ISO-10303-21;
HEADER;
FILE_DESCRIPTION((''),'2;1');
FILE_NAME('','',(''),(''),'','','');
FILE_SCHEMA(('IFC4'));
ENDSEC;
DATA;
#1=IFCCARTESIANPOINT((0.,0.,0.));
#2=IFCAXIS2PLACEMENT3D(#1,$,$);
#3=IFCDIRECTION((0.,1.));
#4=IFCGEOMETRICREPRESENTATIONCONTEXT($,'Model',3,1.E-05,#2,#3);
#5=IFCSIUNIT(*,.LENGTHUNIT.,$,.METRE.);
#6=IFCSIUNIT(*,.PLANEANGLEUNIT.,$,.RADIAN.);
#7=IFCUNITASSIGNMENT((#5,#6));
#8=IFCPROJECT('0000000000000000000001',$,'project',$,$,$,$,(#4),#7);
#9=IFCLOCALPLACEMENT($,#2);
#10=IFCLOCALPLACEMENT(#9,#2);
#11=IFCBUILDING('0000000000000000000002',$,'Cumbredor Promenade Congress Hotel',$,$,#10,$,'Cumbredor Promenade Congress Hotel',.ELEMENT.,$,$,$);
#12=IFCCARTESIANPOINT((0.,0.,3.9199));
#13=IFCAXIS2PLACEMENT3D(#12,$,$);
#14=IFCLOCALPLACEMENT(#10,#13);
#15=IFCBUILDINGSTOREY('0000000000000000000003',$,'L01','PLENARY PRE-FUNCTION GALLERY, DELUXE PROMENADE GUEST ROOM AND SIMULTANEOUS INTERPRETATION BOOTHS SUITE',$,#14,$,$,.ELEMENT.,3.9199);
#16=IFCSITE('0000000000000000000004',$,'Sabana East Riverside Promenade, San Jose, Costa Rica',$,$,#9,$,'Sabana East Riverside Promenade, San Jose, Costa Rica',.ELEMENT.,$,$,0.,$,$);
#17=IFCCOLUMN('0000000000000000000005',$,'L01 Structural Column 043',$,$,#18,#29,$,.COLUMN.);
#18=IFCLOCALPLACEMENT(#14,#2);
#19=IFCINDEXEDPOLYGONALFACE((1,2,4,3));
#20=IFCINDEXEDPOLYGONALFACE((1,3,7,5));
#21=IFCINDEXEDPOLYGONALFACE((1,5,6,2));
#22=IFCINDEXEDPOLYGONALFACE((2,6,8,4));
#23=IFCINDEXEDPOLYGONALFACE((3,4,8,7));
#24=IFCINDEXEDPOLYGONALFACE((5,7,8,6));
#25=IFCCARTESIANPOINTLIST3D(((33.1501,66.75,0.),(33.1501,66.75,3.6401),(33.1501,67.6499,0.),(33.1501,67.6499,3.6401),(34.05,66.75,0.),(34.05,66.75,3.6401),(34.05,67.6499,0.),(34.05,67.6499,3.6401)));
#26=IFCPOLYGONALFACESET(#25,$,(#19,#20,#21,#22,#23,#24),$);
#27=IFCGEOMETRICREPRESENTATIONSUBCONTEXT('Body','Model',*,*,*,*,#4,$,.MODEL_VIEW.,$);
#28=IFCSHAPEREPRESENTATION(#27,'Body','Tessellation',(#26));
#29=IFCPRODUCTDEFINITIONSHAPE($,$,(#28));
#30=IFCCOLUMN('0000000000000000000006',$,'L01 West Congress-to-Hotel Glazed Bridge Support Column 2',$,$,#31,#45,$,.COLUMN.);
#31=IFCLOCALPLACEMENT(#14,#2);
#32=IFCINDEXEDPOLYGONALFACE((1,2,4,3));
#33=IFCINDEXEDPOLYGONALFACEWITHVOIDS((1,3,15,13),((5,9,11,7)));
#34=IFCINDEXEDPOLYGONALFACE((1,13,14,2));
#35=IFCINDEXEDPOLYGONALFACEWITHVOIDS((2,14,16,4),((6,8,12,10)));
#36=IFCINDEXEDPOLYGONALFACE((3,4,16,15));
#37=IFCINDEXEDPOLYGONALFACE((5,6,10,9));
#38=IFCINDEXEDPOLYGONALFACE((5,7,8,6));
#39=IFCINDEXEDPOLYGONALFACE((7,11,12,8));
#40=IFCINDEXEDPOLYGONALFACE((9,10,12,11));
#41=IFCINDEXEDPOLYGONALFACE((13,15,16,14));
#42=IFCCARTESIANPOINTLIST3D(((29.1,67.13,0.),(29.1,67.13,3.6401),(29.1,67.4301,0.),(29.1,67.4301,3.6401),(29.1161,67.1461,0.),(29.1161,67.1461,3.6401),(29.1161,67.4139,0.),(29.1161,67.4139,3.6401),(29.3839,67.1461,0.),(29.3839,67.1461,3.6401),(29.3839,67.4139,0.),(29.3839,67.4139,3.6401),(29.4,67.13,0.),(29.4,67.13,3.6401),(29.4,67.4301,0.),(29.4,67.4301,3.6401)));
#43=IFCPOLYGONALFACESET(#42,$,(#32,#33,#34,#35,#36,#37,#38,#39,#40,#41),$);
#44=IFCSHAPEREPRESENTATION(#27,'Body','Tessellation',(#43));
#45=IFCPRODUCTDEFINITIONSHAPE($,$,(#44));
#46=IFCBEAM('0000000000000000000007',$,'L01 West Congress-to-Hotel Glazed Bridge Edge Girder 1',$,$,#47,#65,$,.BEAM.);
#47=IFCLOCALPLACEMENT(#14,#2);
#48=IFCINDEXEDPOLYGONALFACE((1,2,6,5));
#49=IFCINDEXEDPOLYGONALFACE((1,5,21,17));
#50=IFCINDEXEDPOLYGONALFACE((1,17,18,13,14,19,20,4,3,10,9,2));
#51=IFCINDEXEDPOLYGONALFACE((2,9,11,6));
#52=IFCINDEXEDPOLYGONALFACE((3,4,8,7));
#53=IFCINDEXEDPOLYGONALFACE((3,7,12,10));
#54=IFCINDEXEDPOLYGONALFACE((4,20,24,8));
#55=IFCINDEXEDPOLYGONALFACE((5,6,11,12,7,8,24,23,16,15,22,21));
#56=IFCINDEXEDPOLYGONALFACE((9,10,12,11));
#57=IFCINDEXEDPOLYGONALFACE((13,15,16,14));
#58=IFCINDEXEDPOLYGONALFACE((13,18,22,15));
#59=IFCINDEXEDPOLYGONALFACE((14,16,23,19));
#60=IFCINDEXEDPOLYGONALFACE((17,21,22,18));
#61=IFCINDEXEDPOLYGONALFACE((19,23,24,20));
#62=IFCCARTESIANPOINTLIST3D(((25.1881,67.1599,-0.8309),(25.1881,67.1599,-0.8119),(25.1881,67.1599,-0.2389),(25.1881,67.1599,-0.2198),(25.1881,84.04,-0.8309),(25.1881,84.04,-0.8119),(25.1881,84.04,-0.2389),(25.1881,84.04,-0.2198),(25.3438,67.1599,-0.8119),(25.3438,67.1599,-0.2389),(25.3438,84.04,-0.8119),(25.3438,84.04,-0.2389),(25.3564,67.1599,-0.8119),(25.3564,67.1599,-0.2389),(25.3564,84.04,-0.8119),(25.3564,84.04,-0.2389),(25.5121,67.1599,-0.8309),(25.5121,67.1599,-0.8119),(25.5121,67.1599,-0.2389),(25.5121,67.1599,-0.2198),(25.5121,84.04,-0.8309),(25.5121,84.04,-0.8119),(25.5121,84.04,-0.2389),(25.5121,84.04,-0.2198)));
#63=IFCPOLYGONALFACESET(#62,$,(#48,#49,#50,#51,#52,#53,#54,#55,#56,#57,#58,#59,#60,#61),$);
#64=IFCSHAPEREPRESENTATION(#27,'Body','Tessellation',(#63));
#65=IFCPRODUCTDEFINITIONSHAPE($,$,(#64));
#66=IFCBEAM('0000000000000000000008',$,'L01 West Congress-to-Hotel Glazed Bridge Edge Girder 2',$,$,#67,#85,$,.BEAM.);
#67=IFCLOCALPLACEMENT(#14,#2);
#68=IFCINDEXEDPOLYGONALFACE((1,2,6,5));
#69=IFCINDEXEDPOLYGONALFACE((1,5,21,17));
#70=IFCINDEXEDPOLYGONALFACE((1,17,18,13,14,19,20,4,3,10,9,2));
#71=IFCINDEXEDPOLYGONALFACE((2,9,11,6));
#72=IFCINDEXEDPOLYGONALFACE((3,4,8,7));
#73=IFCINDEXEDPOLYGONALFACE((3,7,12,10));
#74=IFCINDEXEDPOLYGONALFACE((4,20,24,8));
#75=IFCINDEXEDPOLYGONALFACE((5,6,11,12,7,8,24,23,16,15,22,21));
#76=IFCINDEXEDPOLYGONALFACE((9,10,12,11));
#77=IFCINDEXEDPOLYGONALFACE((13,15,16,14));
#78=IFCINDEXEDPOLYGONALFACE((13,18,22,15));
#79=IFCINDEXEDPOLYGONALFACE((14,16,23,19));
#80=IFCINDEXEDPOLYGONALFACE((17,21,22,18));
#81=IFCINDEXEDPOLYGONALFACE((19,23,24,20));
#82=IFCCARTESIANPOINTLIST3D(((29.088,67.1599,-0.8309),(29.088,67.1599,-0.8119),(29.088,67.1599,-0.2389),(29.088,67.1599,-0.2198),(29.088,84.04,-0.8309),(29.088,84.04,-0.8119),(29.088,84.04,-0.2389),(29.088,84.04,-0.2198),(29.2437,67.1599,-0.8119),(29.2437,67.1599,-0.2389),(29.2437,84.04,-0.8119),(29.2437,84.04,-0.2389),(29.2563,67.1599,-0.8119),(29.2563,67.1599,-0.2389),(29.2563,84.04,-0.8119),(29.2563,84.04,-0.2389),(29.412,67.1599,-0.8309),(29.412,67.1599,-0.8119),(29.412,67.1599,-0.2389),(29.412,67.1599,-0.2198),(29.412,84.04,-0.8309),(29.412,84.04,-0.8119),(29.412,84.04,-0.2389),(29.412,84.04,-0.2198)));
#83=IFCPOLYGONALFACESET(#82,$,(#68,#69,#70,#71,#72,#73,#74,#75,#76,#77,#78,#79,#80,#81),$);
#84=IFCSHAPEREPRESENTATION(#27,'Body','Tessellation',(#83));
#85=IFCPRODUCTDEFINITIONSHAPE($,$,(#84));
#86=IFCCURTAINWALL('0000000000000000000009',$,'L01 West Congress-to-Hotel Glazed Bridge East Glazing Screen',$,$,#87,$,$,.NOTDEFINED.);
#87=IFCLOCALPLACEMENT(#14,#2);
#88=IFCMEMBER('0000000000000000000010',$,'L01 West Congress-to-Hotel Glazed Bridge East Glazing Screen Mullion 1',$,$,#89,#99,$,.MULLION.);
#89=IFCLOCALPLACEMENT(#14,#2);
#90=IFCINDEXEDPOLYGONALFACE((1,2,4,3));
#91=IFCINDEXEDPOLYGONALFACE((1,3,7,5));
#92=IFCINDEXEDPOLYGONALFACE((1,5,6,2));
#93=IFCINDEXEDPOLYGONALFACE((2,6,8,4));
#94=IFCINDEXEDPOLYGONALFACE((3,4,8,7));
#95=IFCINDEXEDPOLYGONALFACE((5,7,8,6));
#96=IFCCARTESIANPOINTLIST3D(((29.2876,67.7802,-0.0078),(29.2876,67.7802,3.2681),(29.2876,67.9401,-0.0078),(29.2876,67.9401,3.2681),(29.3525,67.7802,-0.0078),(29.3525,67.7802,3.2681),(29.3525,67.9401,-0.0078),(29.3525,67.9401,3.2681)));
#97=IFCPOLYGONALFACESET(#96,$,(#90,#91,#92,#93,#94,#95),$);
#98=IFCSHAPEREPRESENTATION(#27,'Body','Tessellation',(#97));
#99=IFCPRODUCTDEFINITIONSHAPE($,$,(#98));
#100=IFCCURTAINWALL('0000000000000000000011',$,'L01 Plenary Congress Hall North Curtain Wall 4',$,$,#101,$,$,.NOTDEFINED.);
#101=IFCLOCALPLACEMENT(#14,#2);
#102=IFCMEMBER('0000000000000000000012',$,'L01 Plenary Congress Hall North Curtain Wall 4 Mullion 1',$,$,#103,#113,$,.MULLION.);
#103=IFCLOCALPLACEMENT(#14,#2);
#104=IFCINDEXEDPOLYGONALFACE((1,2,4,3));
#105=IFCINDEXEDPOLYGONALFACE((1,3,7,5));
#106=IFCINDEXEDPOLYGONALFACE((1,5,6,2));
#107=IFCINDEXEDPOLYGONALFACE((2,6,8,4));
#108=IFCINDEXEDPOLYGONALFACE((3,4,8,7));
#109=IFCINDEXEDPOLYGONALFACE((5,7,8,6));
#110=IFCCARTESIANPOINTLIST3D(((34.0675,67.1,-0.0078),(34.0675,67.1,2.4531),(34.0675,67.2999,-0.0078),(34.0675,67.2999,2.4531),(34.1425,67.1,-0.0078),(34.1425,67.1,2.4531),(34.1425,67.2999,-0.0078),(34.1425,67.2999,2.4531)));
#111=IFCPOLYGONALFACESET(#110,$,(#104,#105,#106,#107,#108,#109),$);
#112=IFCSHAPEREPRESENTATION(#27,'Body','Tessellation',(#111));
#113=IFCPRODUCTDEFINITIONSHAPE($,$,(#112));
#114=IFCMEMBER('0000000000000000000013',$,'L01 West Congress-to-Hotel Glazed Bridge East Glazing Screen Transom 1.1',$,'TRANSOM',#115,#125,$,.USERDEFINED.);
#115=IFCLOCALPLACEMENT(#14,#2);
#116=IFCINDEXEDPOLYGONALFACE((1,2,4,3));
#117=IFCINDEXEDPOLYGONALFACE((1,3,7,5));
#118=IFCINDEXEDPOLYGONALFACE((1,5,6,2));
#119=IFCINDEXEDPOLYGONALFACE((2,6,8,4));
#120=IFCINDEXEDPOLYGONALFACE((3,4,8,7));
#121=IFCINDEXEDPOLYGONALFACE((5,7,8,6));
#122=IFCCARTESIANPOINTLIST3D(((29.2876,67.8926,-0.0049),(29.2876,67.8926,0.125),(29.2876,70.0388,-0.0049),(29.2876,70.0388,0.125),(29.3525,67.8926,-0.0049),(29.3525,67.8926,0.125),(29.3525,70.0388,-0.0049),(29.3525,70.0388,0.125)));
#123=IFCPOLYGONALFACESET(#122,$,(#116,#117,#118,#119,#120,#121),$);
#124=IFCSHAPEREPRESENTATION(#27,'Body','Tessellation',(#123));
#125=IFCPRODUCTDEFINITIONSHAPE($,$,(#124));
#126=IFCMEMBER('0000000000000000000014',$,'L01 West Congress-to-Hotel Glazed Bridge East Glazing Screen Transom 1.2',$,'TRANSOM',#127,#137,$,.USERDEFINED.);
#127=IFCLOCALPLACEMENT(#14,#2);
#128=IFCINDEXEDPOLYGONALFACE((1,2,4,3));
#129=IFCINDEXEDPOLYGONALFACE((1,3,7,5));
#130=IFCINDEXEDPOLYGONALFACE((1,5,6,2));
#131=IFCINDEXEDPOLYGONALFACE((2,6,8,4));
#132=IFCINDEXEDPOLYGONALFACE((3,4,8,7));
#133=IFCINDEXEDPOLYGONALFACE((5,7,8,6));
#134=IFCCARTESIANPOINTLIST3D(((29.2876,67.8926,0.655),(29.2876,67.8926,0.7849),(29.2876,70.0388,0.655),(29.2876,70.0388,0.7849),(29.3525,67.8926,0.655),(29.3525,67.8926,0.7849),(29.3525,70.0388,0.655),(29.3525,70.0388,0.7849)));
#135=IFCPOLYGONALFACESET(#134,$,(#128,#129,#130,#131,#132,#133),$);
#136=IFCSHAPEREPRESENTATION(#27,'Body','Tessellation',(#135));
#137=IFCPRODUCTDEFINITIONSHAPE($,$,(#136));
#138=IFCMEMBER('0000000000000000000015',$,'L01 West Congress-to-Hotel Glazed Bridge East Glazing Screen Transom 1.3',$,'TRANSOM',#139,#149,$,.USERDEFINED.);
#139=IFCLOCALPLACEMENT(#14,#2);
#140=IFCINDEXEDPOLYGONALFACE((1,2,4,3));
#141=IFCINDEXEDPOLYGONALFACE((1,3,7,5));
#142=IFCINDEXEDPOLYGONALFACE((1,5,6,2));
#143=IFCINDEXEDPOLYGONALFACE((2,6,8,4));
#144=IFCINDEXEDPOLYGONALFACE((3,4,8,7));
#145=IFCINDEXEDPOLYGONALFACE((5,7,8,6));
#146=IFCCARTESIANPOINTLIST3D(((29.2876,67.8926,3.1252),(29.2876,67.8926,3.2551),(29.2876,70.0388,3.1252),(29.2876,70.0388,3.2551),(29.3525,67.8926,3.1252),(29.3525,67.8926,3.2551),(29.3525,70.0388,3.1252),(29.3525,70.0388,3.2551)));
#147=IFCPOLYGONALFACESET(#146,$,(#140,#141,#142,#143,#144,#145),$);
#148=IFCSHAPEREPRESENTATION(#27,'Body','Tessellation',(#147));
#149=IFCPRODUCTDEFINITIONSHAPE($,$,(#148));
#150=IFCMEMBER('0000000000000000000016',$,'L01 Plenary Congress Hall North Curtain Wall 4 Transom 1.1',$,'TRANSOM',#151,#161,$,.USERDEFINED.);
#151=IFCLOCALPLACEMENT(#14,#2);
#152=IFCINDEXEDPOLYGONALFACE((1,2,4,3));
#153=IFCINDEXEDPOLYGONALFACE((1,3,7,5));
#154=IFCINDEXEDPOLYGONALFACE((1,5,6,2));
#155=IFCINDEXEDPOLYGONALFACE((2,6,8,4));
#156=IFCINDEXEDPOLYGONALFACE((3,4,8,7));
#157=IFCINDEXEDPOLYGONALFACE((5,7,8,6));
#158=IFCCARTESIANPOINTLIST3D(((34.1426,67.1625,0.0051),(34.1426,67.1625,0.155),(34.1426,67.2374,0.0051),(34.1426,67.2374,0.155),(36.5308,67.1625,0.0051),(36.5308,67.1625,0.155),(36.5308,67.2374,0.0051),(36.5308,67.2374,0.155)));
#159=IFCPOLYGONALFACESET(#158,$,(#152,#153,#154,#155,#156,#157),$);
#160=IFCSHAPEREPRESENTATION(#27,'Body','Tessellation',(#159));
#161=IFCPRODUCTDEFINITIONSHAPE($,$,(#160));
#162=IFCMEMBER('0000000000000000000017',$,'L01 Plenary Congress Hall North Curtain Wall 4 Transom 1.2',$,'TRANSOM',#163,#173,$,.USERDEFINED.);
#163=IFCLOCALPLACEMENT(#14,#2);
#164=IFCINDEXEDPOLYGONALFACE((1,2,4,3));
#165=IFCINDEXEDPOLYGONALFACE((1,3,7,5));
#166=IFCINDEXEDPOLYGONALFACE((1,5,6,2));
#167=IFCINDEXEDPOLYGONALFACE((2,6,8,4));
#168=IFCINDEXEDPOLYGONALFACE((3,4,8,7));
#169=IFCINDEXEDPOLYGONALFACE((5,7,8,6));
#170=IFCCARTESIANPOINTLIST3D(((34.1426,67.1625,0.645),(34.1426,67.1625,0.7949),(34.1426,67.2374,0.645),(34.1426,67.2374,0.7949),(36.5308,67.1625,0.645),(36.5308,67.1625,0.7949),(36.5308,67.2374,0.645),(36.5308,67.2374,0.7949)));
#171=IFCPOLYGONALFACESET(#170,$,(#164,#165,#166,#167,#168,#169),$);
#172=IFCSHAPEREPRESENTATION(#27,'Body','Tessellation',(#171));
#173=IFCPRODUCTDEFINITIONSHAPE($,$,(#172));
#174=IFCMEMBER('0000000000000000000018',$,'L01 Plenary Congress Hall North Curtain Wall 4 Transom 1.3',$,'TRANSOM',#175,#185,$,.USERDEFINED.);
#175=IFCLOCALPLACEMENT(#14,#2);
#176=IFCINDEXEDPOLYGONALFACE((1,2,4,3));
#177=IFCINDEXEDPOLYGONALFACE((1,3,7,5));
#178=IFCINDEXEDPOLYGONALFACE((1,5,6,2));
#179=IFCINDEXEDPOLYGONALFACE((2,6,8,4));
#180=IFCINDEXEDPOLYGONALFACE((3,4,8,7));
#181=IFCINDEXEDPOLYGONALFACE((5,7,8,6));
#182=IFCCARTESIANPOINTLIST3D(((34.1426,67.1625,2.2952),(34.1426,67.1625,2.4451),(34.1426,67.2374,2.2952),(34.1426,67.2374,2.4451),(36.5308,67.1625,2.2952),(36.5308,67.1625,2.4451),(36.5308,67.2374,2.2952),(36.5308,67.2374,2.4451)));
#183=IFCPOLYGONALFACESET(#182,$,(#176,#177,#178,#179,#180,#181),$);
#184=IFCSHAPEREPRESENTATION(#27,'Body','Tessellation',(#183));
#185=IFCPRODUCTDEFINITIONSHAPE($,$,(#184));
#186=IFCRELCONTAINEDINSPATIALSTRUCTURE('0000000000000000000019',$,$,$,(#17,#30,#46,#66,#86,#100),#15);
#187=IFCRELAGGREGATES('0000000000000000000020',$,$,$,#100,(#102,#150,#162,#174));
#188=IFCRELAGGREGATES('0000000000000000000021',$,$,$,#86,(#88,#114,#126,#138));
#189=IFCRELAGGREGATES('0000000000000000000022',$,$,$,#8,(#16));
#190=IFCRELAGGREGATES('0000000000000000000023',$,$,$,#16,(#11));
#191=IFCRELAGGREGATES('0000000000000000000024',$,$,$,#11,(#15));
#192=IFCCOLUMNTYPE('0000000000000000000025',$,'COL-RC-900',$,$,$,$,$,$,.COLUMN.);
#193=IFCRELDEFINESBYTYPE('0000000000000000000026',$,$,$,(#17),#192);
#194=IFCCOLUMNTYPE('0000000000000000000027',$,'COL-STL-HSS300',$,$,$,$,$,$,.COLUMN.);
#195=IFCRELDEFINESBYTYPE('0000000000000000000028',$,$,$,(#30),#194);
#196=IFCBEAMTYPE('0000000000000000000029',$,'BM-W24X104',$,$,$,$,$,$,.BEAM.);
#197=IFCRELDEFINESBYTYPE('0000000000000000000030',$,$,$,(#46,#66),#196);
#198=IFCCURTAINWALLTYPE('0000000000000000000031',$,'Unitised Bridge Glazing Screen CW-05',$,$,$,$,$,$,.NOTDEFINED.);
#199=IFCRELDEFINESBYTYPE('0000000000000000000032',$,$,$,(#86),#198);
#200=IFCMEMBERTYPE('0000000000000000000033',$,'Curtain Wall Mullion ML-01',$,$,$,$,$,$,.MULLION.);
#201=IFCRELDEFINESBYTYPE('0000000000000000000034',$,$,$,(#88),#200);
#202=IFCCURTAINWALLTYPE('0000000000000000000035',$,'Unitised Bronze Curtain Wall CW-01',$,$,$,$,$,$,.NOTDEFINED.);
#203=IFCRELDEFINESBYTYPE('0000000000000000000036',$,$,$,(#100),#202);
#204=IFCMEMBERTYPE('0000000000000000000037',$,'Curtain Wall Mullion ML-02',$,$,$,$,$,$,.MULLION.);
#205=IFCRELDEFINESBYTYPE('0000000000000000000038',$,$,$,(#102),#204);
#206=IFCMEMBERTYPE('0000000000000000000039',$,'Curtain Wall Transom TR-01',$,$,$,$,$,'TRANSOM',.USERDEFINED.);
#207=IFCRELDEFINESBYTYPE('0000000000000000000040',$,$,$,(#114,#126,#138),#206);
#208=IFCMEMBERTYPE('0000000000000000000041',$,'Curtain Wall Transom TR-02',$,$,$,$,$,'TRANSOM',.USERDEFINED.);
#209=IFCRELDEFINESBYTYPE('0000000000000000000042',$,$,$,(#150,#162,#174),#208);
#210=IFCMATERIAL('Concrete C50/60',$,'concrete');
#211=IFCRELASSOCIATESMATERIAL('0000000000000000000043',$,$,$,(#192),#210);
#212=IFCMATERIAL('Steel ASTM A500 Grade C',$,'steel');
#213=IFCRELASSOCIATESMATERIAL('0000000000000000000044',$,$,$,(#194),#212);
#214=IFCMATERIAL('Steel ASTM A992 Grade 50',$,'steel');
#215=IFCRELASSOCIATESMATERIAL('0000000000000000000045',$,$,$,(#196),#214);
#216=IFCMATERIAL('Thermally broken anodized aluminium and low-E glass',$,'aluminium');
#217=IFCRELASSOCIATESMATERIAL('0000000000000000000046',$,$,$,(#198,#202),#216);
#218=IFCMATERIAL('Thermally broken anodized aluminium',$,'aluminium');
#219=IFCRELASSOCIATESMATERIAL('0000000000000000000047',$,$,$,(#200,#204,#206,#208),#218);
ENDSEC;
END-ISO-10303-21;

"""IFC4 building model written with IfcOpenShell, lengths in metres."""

from ifc_helpers import new_model, si_unit, direction, frame, origin, origin_2d, place, context, subcontext, project, spatial, rectangle, hollow_rectangle, i_section, extrude, material, material_profile, profile_set, type_object, element, aggregate, save


model = new_model("IFC4")

# Units and contexts
model_context = context("Model", 3, precision=1e-05, world=origin(), true_north=direction((0.0, 1.0)))
body_context = subcontext(model_context, "Body", "Model", "MODEL_VIEW")
ifc_project = project(units=[si_unit("LENGTHUNIT", "METRE"), si_unit("PLANEANGLEUNIT", "RADIAN")], contexts=[model_context])

# Site, building, storey
site_placement = place(None, origin())
site = spatial("IfcSite", under=ifc_project, at=site_placement, Name="Sabana East Riverside Promenade, San Jose, Costa Rica", LongName="Sabana East Riverside Promenade, San Jose, Costa Rica", CompositionType="ELEMENT", RefElevation=0.0)
building_placement = place(site_placement, origin())
building = spatial("IfcBuilding", under=site, at=building_placement, Name="Cumbredor Promenade Congress Hotel", LongName="Cumbredor Promenade Congress Hotel", CompositionType="ELEMENT")
storey_placement = place(building_placement, frame((0.0, 0.0, 3.9199)))
storey = spatial("IfcBuildingStorey", under=building, at=storey_placement, Name="L01", Description="PLENARY PRE-FUNCTION GALLERY, DELUXE PROMENADE GUEST ROOM AND SIMULTANEOUS INTERPRETATION BOOTHS SUITE", CompositionType="ELEMENT", Elevation=3.9199)

# Columns
ifc_material_1 = material(Name="Concrete C50/60", Category="concrete")
ifc_material_profile_1 = material_profile(ifc_material_1, rectangle(XDim=0.8999, YDim=0.8999, at=origin_2d()), Name="RC 900x900")
ifc_profile_set_1 = profile_set([ifc_material_profile_1], Name="Concrete C50/60")
column_type_1 = type_object("IfcColumnType", Name="COL-RC-900", PredefinedType="COLUMN", material=ifc_profile_set_1)
column_1_placement = place(storey_placement, frame((33.6001, 67.2, 0.0), z_axis=(0.0, 0.0, 1.0), x_axis=(1.0, 0.0, 0.0)))
element("IfcColumn", 1, at=column_1_placement, inside=storey, type_object=column_type_1, Name="L01 Structural Column 043", PredefinedType="COLUMN", context=body_context, shape_type="SweptSolid", body=[
    extrude(rectangle(XDim=0.8999, YDim=0.8999, at=origin_2d()), origin(), (0.0, 0.0, 1.0), 3.6401),
])
ifc_material_2 = material(Name="Steel ASTM A500 Grade C", Category="steel")
ifc_material_profile_2 = material_profile(ifc_material_2, hollow_rectangle(XDim=0.3, YDim=0.3, WallThickness=0.0161, at=origin_2d()), Name="HSS 300x300x16")
ifc_profile_set_2 = profile_set([ifc_material_profile_2], Name="Steel ASTM A500 Grade C")
column_type_2 = type_object("IfcColumnType", Name="COL-STL-HSS300", PredefinedType="COLUMN", material=ifc_profile_set_2)
column_2_placement = place(storey_placement, frame((29.25, 67.28, 0.0), z_axis=(0.0, 0.0, 1.0), x_axis=(1.0, 0.0, 0.0)))
element("IfcColumn", 2, at=column_2_placement, inside=storey, type_object=column_type_2, Name="L01 West Congress-to-Hotel Glazed Bridge Support Column 2", PredefinedType="COLUMN", context=body_context, shape_type="SweptSolid", body=[
    extrude(hollow_rectangle(XDim=0.3, YDim=0.3, WallThickness=0.0161, at=origin_2d()), origin(), (0.0, 0.0, 1.0), 3.6401),
])

# Beams
ifc_material_3 = material(Name="Steel ASTM A992 Grade 50", Category="steel")
ifc_material_profile_3 = material_profile(ifc_material_3, i_section(OverallWidth=0.324, OverallDepth=0.6111, WebThickness=0.0127, FlangeThickness=0.019, at=origin_2d()), Name="W24X104")
ifc_profile_set_3 = profile_set([ifc_material_profile_3], Name="Steel ASTM A992 Grade 50")
beam_type_1 = type_object("IfcBeamType", Name="BM-W24X104", PredefinedType="BEAM", material=ifc_profile_set_3)
for number, where, z_axis, x_axis, name in (
    (3, (25.3501, 67.1599, -0.5254), (0.0, 1.0, 0.0), (-1.0, 0.0, 0.0), "L01 West Congress-to-Hotel Glazed Bridge Edge Girder 1"),
    (4, (29.25, 67.1599, -0.5254), (0.0, 1.0, 0.0), (-1.0, 0.0, 0.0), "L01 West Congress-to-Hotel Glazed Bridge Edge Girder 2"),
):
    element("IfcBeam", number, at=place(storey_placement, frame(where, z_axis=z_axis, x_axis=x_axis)), inside=storey, type_object=beam_type_1, Name=name, PredefinedType="BEAM", context=body_context, shape_type="SweptSolid", body=[
        extrude(i_section(OverallWidth=0.324, OverallDepth=0.6111, WebThickness=0.0127, FlangeThickness=0.019, at=origin_2d()), origin(), (0.0, 0.0, 1.0), 16.8801),
    ])

# Curtain walls, members
ifc_material_4 = material(Name="Thermally broken anodized aluminium and low-E glass", Category="aluminium")
curtain_wall_type_1 = type_object("IfcCurtainWallType", Name="Unitised Bridge Glazing Screen CW-05", PredefinedType="NOTDEFINED", material=ifc_material_4)
curtain_wall_1_placement = place(storey_placement, origin())
curtain_wall_1 = element("IfcCurtainWall", 5, at=curtain_wall_1_placement, inside=storey, type_object=curtain_wall_type_1, Name="L01 West Congress-to-Hotel Glazed Bridge East Glazing Screen", PredefinedType="NOTDEFINED")
ifc_material_5 = material(Name="Thermally broken anodized aluminium", Category="aluminium")
ifc_material_profile_4 = material_profile(ifc_material_5, rectangle(XDim=0.0649, YDim=0.1599, at=origin_2d()), Name="ALU MULLION 65x160")
ifc_profile_set_4 = profile_set([ifc_material_profile_4], Name="Thermally broken anodized aluminium")
member_type_1 = type_object("IfcMemberType", Name="Curtain Wall Mullion ML-01", PredefinedType="MULLION", material=ifc_profile_set_4)
member_1_placement = place(storey_placement, frame((29.3201, 67.8601, -0.0078), z_axis=(0.0, 0.0, 1.0), x_axis=(1.0, 0.0, 0.0)))
member_1 = element("IfcMember", 6, at=member_1_placement, type_object=member_type_1, Name="L01 West Congress-to-Hotel Glazed Bridge East Glazing Screen Mullion 1", PredefinedType="MULLION", context=body_context, shape_type="SweptSolid", body=[
    extrude(rectangle(XDim=0.0649, YDim=0.1599, at=origin_2d()), origin(), (0.0, 0.0, 1.0), 3.2759),
])
curtain_wall_type_2 = type_object("IfcCurtainWallType", Name="Unitised Bronze Curtain Wall CW-01", PredefinedType="NOTDEFINED", material=ifc_material_4)
curtain_wall_2_placement = place(storey_placement, origin())
curtain_wall_2 = element("IfcCurtainWall", 7, at=curtain_wall_2_placement, inside=storey, type_object=curtain_wall_type_2, Name="L01 Plenary Congress Hall North Curtain Wall 4", PredefinedType="NOTDEFINED")
ifc_material_profile_5 = material_profile(ifc_material_5, rectangle(XDim=0.075, YDim=0.2, at=origin_2d()), Name="ALU MULLION 75x200")
ifc_profile_set_5 = profile_set([ifc_material_profile_5], Name="Thermally broken anodized aluminium")
member_type_2 = type_object("IfcMemberType", Name="Curtain Wall Mullion ML-02", PredefinedType="MULLION", material=ifc_profile_set_5)
member_2_placement = place(storey_placement, frame((34.105, 67.2, -0.0078), z_axis=(0.0, 0.0, 1.0), x_axis=(1.0, 0.0, 0.0)))
member_2 = element("IfcMember", 8, at=member_2_placement, type_object=member_type_2, Name="L01 Plenary Congress Hall North Curtain Wall 4 Mullion 1", PredefinedType="MULLION", context=body_context, shape_type="SweptSolid", body=[
    extrude(rectangle(XDim=0.075, YDim=0.2, at=origin_2d()), origin(), (0.0, 0.0, 1.0), 2.4609),
])

# Members
ifc_material_profile_6 = material_profile(ifc_material_5, rectangle(XDim=0.0649, YDim=0.1299, at=origin_2d()), Name="ALU TRANSOM 65x130")
ifc_profile_set_6 = profile_set([ifc_material_profile_6], Name="Thermally broken anodized aluminium")
member_type_3 = type_object("IfcMemberType", Name="Curtain Wall Transom TR-01", ElementType="TRANSOM", PredefinedType="USERDEFINED", material=ifc_profile_set_6)
member_3_placement = place(storey_placement, frame((29.3201, 67.8926, 0.0601), z_axis=(0.0, 1.0, 0.0), x_axis=(-1.0, 0.0, 0.0)))
member_3 = element("IfcMember", 9, at=member_3_placement, type_object=member_type_3, Name="L01 West Congress-to-Hotel Glazed Bridge East Glazing Screen Transom 1.1", ObjectType="TRANSOM", PredefinedType="USERDEFINED", context=body_context, shape_type="SweptSolid", body=[
    extrude(rectangle(XDim=0.0649, YDim=0.1299, at=origin_2d()), origin(), (0.0, 0.0, 1.0), 2.1462),
])
member_4_placement = place(storey_placement, frame((29.3201, 67.8926, 0.72), z_axis=(0.0, 1.0, 0.0), x_axis=(-1.0, 0.0, 0.0)))
member_4 = element("IfcMember", 10, at=member_4_placement, type_object=member_type_3, Name="L01 West Congress-to-Hotel Glazed Bridge East Glazing Screen Transom 1.2", ObjectType="TRANSOM", PredefinedType="USERDEFINED", context=body_context, shape_type="SweptSolid", body=[
    extrude(rectangle(XDim=0.0649, YDim=0.1299, at=origin_2d()), origin(), (0.0, 0.0, 1.0), 2.1462),
])
member_5_placement = place(storey_placement, frame((29.3201, 67.8926, 3.1902), z_axis=(0.0, 1.0, 0.0), x_axis=(-1.0, 0.0, 0.0)))
member_5 = element("IfcMember", 11, at=member_5_placement, type_object=member_type_3, Name="L01 West Congress-to-Hotel Glazed Bridge East Glazing Screen Transom 1.3", ObjectType="TRANSOM", PredefinedType="USERDEFINED", context=body_context, shape_type="SweptSolid", body=[
    extrude(rectangle(XDim=0.0649, YDim=0.1299, at=origin_2d()), origin(), (0.0, 0.0, 1.0), 2.1462),
])
ifc_material_profile_7 = material_profile(ifc_material_5, rectangle(XDim=0.075, YDim=0.1499, at=origin_2d()), Name="ALU TRANSOM 75x150")
ifc_profile_set_7 = profile_set([ifc_material_profile_7], Name="Thermally broken anodized aluminium")
member_type_4 = type_object("IfcMemberType", Name="Curtain Wall Transom TR-02", ElementType="TRANSOM", PredefinedType="USERDEFINED", material=ifc_profile_set_7)
member_6_placement = place(storey_placement, frame((34.1426, 67.2, 0.0801), z_axis=(1.0, 0.0, 0.0), x_axis=(0.0, 1.0, 0.0)))
member_6 = element("IfcMember", 12, at=member_6_placement, type_object=member_type_4, Name="L01 Plenary Congress Hall North Curtain Wall 4 Transom 1.1", ObjectType="TRANSOM", PredefinedType="USERDEFINED", context=body_context, shape_type="SweptSolid", body=[
    extrude(rectangle(XDim=0.075, YDim=0.1499, at=origin_2d()), origin(), (0.0, 0.0, 1.0), 2.3882),
])
member_7_placement = place(storey_placement, frame((34.1426, 67.2, 0.72), z_axis=(1.0, 0.0, 0.0), x_axis=(0.0, 1.0, 0.0)))
member_7 = element("IfcMember", 13, at=member_7_placement, type_object=member_type_4, Name="L01 Plenary Congress Hall North Curtain Wall 4 Transom 1.2", ObjectType="TRANSOM", PredefinedType="USERDEFINED", context=body_context, shape_type="SweptSolid", body=[
    extrude(rectangle(XDim=0.075, YDim=0.1499, at=origin_2d()), origin(), (0.0, 0.0, 1.0), 2.3882),
])
member_8_placement = place(storey_placement, frame((34.1426, 67.2, 2.3701), z_axis=(1.0, 0.0, 0.0), x_axis=(0.0, 1.0, 0.0)))
member_8 = element("IfcMember", 14, at=member_8_placement, type_object=member_type_4, Name="L01 Plenary Congress Hall North Curtain Wall 4 Transom 1.3", ObjectType="TRANSOM", PredefinedType="USERDEFINED", context=body_context, shape_type="SweptSolid", body=[
    extrude(rectangle(XDim=0.075, YDim=0.1499, at=origin_2d()), origin(), (0.0, 0.0, 1.0), 2.3882),
])
aggregate(curtain_wall_2, [member_2, member_6, member_7, member_8])

aggregate(curtain_wall_1, [member_1, member_3, member_4, member_5])

save(model, "model.ifc")
